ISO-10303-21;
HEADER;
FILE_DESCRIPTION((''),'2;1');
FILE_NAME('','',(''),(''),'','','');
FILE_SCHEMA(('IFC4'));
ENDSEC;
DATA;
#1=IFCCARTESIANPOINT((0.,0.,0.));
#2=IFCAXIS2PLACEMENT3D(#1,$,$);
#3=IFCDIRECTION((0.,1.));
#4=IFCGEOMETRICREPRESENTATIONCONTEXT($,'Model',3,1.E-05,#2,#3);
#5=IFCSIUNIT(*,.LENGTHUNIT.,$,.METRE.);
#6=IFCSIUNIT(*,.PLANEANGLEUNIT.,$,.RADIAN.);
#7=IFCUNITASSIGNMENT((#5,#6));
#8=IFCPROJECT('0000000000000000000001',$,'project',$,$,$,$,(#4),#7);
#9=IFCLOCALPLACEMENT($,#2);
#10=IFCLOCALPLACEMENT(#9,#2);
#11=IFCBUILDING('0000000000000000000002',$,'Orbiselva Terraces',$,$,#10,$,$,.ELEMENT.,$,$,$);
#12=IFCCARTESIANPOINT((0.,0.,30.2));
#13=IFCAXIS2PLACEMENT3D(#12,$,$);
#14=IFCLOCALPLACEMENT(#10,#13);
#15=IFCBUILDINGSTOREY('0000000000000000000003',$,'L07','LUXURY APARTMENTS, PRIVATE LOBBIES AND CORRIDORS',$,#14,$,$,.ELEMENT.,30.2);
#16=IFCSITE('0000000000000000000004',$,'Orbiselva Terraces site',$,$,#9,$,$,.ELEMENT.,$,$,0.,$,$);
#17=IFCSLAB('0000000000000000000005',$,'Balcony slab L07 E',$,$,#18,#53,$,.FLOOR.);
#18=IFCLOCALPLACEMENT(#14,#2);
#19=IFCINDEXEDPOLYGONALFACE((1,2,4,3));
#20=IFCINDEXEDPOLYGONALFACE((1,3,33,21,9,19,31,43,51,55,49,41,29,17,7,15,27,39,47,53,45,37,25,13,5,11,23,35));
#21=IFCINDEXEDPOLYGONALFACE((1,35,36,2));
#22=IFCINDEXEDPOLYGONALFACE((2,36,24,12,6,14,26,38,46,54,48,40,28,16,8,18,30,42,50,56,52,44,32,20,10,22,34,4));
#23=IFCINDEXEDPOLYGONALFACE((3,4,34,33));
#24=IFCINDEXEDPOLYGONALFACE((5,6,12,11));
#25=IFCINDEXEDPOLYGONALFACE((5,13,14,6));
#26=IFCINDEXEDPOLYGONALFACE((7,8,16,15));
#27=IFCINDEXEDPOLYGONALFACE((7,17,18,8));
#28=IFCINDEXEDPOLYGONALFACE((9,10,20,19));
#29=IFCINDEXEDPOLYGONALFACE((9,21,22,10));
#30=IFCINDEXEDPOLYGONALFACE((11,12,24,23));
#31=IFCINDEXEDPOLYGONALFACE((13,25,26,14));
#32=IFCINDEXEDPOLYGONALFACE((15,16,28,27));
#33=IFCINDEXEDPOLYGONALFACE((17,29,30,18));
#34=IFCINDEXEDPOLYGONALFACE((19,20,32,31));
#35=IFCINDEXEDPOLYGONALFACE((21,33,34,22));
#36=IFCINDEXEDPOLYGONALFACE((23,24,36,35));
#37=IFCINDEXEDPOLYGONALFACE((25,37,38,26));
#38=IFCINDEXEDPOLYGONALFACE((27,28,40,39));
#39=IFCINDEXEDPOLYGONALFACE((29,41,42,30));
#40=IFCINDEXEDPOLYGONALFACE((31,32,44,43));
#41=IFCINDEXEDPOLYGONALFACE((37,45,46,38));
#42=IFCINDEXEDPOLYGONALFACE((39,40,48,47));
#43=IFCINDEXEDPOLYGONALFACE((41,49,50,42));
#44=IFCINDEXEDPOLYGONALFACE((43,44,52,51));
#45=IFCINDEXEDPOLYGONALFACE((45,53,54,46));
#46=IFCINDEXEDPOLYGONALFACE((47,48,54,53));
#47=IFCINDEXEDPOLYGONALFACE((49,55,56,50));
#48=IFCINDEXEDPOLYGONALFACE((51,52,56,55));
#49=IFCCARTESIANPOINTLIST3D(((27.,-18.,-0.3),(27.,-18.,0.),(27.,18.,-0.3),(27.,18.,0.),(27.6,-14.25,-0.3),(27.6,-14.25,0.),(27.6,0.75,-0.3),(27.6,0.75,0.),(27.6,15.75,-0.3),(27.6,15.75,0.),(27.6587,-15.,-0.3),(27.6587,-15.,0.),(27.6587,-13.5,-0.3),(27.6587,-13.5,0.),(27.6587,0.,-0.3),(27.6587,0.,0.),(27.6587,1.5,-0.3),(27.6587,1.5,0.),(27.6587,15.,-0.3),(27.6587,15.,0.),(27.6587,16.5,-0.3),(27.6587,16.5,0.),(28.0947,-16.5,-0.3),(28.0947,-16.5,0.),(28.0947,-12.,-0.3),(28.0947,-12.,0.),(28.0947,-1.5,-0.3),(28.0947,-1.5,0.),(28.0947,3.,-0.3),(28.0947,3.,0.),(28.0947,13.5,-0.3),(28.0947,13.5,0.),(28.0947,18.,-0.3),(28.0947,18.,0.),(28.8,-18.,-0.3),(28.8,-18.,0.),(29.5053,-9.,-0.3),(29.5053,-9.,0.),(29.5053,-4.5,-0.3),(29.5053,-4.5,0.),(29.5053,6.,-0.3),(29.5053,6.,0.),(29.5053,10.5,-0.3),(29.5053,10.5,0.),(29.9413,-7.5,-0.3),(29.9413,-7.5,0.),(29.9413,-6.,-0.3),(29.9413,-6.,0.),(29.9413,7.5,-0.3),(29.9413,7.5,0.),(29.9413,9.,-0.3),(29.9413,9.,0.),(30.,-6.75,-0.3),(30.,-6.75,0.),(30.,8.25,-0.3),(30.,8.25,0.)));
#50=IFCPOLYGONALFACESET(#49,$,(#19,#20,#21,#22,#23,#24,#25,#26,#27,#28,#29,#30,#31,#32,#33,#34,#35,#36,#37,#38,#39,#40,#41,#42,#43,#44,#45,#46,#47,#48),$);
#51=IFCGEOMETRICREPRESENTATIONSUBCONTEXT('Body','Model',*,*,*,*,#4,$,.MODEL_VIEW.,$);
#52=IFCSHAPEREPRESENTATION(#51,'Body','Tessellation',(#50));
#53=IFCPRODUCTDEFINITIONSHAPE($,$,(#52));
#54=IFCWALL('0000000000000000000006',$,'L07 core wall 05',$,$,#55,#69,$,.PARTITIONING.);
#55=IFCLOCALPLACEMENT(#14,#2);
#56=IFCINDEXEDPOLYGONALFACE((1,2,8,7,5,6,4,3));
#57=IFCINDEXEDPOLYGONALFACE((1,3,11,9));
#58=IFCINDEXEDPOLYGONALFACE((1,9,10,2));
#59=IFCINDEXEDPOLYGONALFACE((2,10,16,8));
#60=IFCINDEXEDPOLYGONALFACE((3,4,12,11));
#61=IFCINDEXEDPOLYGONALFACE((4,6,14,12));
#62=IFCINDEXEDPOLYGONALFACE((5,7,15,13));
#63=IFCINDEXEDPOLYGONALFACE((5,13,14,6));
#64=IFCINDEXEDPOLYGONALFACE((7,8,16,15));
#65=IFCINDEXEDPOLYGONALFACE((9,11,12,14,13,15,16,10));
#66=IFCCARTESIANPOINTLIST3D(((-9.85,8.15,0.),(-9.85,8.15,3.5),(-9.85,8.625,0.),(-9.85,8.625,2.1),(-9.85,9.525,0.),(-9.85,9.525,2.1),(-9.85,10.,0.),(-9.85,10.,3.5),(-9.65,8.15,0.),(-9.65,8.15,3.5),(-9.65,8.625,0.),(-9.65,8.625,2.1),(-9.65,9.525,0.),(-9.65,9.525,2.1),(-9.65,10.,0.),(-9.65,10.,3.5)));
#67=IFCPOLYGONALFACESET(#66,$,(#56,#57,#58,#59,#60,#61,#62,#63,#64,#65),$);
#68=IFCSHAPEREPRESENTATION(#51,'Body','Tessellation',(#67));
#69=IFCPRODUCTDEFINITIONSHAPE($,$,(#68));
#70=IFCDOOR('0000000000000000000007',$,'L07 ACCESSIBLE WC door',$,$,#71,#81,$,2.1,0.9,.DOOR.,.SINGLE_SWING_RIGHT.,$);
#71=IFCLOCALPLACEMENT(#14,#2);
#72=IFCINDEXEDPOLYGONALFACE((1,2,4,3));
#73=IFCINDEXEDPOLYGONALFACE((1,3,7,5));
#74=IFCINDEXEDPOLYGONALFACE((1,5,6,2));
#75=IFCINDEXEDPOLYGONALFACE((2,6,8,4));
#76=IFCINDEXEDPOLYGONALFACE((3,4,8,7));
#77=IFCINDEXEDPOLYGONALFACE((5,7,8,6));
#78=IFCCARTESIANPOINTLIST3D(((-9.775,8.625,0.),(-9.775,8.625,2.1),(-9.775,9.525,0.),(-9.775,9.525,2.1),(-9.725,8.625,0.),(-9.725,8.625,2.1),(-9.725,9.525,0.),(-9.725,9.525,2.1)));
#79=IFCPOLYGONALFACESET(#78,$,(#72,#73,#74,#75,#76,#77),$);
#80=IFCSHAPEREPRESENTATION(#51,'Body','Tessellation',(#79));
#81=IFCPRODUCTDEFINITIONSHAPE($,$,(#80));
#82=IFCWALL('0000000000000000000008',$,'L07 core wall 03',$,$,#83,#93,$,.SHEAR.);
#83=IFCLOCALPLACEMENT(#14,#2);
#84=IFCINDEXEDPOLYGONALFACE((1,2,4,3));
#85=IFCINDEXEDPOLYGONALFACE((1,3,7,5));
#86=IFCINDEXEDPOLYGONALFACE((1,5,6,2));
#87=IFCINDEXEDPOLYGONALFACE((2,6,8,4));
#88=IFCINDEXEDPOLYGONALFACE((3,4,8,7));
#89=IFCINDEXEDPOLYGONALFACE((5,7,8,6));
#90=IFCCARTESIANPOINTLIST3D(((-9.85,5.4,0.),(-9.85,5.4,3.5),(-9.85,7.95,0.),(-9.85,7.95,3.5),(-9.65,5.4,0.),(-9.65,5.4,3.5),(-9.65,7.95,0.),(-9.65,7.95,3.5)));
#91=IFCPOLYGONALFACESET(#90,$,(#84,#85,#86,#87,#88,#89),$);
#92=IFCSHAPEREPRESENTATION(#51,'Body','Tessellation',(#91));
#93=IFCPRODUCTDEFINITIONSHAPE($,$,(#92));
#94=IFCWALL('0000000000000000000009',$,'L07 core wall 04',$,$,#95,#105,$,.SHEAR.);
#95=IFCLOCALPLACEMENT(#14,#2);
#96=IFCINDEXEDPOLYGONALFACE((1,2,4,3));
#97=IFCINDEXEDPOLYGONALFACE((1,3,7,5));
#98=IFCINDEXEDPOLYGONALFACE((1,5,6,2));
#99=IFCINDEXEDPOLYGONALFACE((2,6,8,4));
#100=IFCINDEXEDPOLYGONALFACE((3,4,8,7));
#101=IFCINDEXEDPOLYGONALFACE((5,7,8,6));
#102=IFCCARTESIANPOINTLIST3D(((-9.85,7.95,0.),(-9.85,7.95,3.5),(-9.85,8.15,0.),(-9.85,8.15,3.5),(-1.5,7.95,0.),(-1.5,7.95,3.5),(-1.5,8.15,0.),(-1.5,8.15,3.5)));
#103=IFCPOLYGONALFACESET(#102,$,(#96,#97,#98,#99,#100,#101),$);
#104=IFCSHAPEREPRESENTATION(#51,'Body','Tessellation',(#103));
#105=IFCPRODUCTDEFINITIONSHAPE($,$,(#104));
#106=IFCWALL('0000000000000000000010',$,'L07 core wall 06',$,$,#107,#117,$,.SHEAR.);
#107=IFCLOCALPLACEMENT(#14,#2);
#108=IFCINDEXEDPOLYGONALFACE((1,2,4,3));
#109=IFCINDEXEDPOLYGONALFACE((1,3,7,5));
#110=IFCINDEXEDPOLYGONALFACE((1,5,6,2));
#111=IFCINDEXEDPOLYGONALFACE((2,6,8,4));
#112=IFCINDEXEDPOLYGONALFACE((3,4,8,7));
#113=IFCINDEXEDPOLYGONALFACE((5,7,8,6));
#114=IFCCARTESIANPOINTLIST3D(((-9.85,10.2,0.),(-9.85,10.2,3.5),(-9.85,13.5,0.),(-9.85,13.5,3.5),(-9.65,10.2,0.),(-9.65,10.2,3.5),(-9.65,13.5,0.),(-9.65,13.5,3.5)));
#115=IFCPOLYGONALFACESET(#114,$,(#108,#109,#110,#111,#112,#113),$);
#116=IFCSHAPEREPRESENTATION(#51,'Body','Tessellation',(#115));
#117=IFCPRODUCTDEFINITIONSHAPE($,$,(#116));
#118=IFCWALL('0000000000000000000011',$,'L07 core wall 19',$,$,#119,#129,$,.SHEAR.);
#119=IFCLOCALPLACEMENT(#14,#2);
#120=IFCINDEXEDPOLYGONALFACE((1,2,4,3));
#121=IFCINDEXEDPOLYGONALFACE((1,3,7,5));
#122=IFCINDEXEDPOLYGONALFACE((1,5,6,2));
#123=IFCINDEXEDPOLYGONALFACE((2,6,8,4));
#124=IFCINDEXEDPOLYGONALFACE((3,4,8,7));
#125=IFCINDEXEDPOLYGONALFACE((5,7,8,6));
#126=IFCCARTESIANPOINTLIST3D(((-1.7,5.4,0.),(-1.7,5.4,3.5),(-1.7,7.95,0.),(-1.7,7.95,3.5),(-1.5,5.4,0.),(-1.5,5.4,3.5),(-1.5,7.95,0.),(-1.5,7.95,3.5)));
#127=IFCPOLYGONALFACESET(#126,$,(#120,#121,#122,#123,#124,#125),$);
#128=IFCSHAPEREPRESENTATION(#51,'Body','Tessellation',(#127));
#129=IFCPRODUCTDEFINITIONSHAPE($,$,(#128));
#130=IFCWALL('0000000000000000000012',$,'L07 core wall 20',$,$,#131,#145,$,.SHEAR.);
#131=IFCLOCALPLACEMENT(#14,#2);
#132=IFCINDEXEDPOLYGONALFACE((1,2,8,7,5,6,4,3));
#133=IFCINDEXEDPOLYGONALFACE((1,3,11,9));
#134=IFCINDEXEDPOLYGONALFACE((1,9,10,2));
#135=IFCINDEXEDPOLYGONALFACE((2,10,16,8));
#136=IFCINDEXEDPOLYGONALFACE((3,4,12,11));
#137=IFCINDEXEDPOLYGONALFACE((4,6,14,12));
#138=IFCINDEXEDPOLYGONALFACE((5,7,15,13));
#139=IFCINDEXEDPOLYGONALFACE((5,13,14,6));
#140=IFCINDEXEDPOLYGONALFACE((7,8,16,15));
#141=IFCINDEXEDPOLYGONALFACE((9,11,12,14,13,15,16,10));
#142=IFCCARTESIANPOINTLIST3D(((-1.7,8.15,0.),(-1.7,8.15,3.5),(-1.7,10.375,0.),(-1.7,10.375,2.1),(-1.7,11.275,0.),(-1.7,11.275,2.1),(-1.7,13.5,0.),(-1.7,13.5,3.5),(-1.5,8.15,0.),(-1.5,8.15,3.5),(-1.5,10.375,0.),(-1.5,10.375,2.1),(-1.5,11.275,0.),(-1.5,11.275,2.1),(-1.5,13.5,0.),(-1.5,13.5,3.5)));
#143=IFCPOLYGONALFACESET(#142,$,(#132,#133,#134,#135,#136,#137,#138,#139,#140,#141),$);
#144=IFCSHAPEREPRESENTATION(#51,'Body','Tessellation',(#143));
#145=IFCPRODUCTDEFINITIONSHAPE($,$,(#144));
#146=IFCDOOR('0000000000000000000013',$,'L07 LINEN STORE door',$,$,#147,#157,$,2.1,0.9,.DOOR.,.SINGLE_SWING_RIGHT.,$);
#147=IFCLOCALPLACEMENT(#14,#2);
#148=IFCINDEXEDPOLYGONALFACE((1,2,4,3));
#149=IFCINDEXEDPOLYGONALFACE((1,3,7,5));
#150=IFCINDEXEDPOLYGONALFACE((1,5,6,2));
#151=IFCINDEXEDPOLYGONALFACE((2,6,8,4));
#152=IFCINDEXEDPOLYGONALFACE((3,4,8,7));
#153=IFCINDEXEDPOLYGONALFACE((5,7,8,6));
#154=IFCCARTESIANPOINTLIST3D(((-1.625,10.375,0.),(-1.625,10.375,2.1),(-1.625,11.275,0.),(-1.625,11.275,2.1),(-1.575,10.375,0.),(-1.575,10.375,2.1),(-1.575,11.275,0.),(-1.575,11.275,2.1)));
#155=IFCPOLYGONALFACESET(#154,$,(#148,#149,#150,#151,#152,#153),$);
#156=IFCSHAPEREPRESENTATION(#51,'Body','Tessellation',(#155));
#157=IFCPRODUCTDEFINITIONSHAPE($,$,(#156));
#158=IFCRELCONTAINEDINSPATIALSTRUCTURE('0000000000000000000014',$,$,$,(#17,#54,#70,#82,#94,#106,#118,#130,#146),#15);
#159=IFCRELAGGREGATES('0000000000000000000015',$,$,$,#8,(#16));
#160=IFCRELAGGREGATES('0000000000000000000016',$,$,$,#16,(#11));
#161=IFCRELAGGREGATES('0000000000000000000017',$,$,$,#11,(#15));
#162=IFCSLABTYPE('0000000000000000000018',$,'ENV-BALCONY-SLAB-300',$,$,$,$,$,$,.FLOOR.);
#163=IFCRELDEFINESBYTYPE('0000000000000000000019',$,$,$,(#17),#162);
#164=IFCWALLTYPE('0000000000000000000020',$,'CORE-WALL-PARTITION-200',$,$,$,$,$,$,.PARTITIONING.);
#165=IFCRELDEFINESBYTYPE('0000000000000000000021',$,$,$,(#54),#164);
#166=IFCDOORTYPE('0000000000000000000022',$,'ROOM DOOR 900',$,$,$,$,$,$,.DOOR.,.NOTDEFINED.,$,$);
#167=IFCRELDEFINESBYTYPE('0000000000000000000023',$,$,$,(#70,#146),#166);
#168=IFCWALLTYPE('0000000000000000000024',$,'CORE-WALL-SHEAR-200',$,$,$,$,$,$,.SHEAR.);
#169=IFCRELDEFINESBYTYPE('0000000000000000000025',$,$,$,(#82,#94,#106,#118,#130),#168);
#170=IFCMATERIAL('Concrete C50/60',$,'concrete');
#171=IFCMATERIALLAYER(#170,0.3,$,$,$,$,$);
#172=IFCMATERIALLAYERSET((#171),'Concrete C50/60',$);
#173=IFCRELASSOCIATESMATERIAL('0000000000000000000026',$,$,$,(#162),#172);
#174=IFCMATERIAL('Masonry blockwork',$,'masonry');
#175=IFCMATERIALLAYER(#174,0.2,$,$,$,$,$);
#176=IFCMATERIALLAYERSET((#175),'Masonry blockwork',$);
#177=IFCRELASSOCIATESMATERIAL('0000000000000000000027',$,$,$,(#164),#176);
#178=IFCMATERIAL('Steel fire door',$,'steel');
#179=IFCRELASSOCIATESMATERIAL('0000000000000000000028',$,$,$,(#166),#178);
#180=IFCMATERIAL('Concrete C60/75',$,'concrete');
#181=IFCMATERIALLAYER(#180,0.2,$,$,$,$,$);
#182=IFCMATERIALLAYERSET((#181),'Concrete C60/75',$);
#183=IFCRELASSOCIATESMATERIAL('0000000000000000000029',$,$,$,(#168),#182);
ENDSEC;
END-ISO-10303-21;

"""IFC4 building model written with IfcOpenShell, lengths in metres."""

from ifc_helpers import new_model, si_unit, direction, frame, frame_2d, origin, place, context, subcontext, project, spatial, polyline, rectangle, outline, extrude, material, layer, layer_set, type_object, element, fill, save


model = new_model("IFC4")

# Units and contexts
model_context = context("Model", 3, precision=1e-05, world=origin(), true_north=direction((0.0, 1.0)))
body_context = subcontext(model_context, "Body", "Model", "MODEL_VIEW")
ifc_project = project(units=[si_unit("LENGTHUNIT", "METRE"), si_unit("PLANEANGLEUNIT", "RADIAN")], contexts=[model_context])

# Site, building, storey
site_placement = place(None, origin())
site = spatial("IfcSite", under=ifc_project, at=site_placement, Name="Orbiselva Terraces site", CompositionType="ELEMENT", RefElevation=0.0)
building_placement = place(site_placement, origin())
building = spatial("IfcBuilding", under=site, at=building_placement, Name="Orbiselva Terraces", CompositionType="ELEMENT")
storey_placement = place(building_placement, frame((0.0, 0.0, 30.2)))
storey = spatial("IfcBuildingStorey", under=building, at=storey_placement, Name="L07", Description="LUXURY APARTMENTS, PRIVATE LOBBIES AND CORRIDORS", CompositionType="ELEMENT", Elevation=30.2)

# Slab
ifc_material_1 = material(Name="Concrete C50/60", Category="concrete")
ifc_layer_1 = layer(ifc_material_1, 0.3)
ifc_layer_set_1 = layer_set([ifc_layer_1], Name="Concrete C50/60")
slab_type = type_object("IfcSlabType", Name="ENV-BALCONY-SLAB-300", PredefinedType="FLOOR", material=ifc_layer_set_1)
slab_placement = place(storey_placement, frame((0.0, 0.0, -0.3)))
element("IfcSlab", 1, at=slab_placement, inside=storey, type_object=slab_type, Name="Balcony slab L07 E", PredefinedType="FLOOR", context=body_context, shape_type="SweptSolid", body=[
    extrude(outline(polyline([(28.8, -18.0), (28.0947, -16.5), (27.6587, -15.0), (27.6, -14.25), (27.6587, -13.5), (28.0947, -12.0), (29.5053, -9.0), (29.9413, -7.5), (30.0, -6.75), (29.9413, -6.0), (29.5053, -4.5), (28.0947, -1.5), (27.6587, 0.0), (27.6, 0.75), (27.6587, 1.5), (28.0947, 3.0), (29.5053, 6.0), (29.9413, 7.5), (30.0, 8.25), (29.9413, 9.0), (29.5053, 10.5), (28.0947, 13.5), (27.6587, 15.0), (27.6, 15.75), (27.6587, 16.5), (28.0947, 18.0), (27.0, 18.0), (27.0, -18.0), (28.8, -18.0)])), origin(), (0.0, 0.0, 1.0), 0.3),
])

# Wall, opening, door
ifc_material_2 = material(Name="Masonry blockwork", Category="masonry")
ifc_layer_2 = layer(ifc_material_2, 0.2)
ifc_layer_set_2 = layer_set([ifc_layer_2], Name="Masonry blockwork")
wall_type_1 = type_object("IfcWallType", Name="CORE-WALL-PARTITION-200", PredefinedType="PARTITIONING", material=ifc_layer_set_2)
wall_1_placement = place(storey_placement, frame((-9.75, 8.15, 0.0), z_axis=(0.0, 0.0, 1.0), x_axis=(0.0, 1.0, 0.0)))
wall_1 = element("IfcWall", 2, at=wall_1_placement, inside=storey, type_object=wall_type_1, Name="L07 core wall 05", PredefinedType="PARTITIONING", context=body_context, shape_type="SweptSolid", body=[
    extrude(rectangle(XDim=1.85, YDim=0.2, at=frame_2d((0.925, 0.0))), origin(), (0.0, 0.0, 1.0), 3.5),
])
opening_1_placement = place(wall_1_placement, frame((0.475, 0.0, 0.0)))
opening_1 = element("IfcOpeningElement", 3, at=opening_1_placement, cuts=wall_1, PredefinedType="OPENING", context=body_context, shape_type="SweptSolid", body=[
    extrude(rectangle(XDim=0.9, YDim=2.1, at=frame_2d((0.45, 1.05))), frame((0.0, 0.11, 0.0), z_axis=(0.0, -1.0, 0.0), x_axis=(1.0, 0.0, 0.0)), (0.0, 0.0, 1.0), 0.22),
])
ifc_material_3 = material(Name="Steel fire door", Category="steel")
door_type = type_object("IfcDoorType", Name="ROOM DOOR 900", OperationType="NOTDEFINED", PredefinedType="DOOR", material=ifc_material_3)
door_1_placement = place(opening_1_placement, origin())
door_1 = element("IfcDoor", 4, at=door_1_placement, inside=storey, type_object=door_type, Name="L07 ACCESSIBLE WC door", OperationType="SINGLE_SWING_RIGHT", OverallHeight=2.1, OverallWidth=0.9, PredefinedType="DOOR", context=body_context, shape_type="SweptSolid", body=[
    extrude(rectangle(XDim=0.9, YDim=2.1, at=frame_2d((0.45, 1.05))), frame((0.0, 0.025, 0.0), z_axis=(0.0, -1.0, 0.0), x_axis=(1.0, 0.0, 0.0)), (0.0, 0.0, 1.0), 0.05),
])
fill(opening_1, door_1)

# Walls
ifc_material_4 = material(Name="Concrete C60/75", Category="concrete")
ifc_layer_3 = layer(ifc_material_4, 0.2)
ifc_layer_set_3 = layer_set([ifc_layer_3], Name="Concrete C60/75")
wall_type_2 = type_object("IfcWallType", Name="CORE-WALL-SHEAR-200", PredefinedType="SHEAR", material=ifc_layer_set_3)
wall_2_placement = place(storey_placement, frame((-9.75, 5.4, 0.0), z_axis=(0.0, 0.0, 1.0), x_axis=(0.0, 1.0, 0.0)))
element("IfcWall", 5, at=wall_2_placement, inside=storey, type_object=wall_type_2, Name="L07 core wall 03", PredefinedType="SHEAR", context=body_context, shape_type="SweptSolid", body=[
    extrude(rectangle(XDim=2.55, YDim=0.2, at=frame_2d((1.275, 0.0))), origin(), (0.0, 0.0, 1.0), 3.5),
])
wall_3_placement = place(storey_placement, frame((-9.85, 8.05, 0.0), z_axis=(0.0, 0.0, 1.0), x_axis=(1.0, 0.0, 0.0)))
element("IfcWall", 6, at=wall_3_placement, inside=storey, type_object=wall_type_2, Name="L07 core wall 04", PredefinedType="SHEAR", context=body_context, shape_type="SweptSolid", body=[
    extrude(rectangle(XDim=8.35, YDim=0.2, at=frame_2d((4.175, 0.0))), origin(), (0.0, 0.0, 1.0), 3.5),
])
wall_4_placement = place(storey_placement, frame((-9.75, 10.2, 0.0), z_axis=(0.0, 0.0, 1.0), x_axis=(0.0, 1.0, 0.0)))
element("IfcWall", 7, at=wall_4_placement, inside=storey, type_object=wall_type_2, Name="L07 core wall 06", PredefinedType="SHEAR", context=body_context, shape_type="SweptSolid", body=[
    extrude(rectangle(XDim=3.3, YDim=0.2, at=frame_2d((1.65, 0.0))), origin(), (0.0, 0.0, 1.0), 3.5),
])
wall_5_placement = place(storey_placement, frame((-1.6, 5.4, 0.0), z_axis=(0.0, 0.0, 1.0), x_axis=(0.0, 1.0, 0.0)))
element("IfcWall", 8, at=wall_5_placement, inside=storey, type_object=wall_type_2, Name="L07 core wall 19", PredefinedType="SHEAR", context=body_context, shape_type="SweptSolid", body=[
    extrude(rectangle(XDim=2.55, YDim=0.2, at=frame_2d((1.275, 0.0))), origin(), (0.0, 0.0, 1.0), 3.5),
])

# Wall, opening, door
wall_6_placement = place(storey_placement, frame((-1.6, 8.15, 0.0), z_axis=(0.0, 0.0, 1.0), x_axis=(0.0, 1.0, 0.0)))
wall_6 = element("IfcWall", 9, at=wall_6_placement, inside=storey, type_object=wall_type_2, Name="L07 core wall 20", PredefinedType="SHEAR", context=body_context, shape_type="SweptSolid", body=[
    extrude(rectangle(XDim=5.35, YDim=0.2, at=frame_2d((2.675, 0.0))), origin(), (0.0, 0.0, 1.0), 3.5),
])
opening_2_placement = place(wall_6_placement, frame((2.225, 0.0, 0.0)))
opening_2 = element("IfcOpeningElement", 10, at=opening_2_placement, cuts=wall_6, PredefinedType="OPENING", context=body_context, shape_type="SweptSolid", body=[
    extrude(rectangle(XDim=0.9, YDim=2.1, at=frame_2d((0.45, 1.05))), frame((0.0, 0.11, 0.0), z_axis=(0.0, -1.0, 0.0), x_axis=(1.0, 0.0, 0.0)), (0.0, 0.0, 1.0), 0.22),
])
door_2_placement = place(opening_2_placement, origin())
door_2 = element("IfcDoor", 11, at=door_2_placement, inside=storey, type_object=door_type, Name="L07 LINEN STORE door", OperationType="SINGLE_SWING_RIGHT", OverallHeight=2.1, OverallWidth=0.9, PredefinedType="DOOR", context=body_context, shape_type="SweptSolid", body=[
    extrude(rectangle(XDim=0.9, YDim=2.1, at=frame_2d((0.45, 1.05))), frame((0.0, 0.025, 0.0), z_axis=(0.0, -1.0, 0.0), x_axis=(1.0, 0.0, 0.0)), (0.0, 0.0, 1.0), 0.05),
])
fill(opening_2, door_2)

save(model, "model.ifc")
